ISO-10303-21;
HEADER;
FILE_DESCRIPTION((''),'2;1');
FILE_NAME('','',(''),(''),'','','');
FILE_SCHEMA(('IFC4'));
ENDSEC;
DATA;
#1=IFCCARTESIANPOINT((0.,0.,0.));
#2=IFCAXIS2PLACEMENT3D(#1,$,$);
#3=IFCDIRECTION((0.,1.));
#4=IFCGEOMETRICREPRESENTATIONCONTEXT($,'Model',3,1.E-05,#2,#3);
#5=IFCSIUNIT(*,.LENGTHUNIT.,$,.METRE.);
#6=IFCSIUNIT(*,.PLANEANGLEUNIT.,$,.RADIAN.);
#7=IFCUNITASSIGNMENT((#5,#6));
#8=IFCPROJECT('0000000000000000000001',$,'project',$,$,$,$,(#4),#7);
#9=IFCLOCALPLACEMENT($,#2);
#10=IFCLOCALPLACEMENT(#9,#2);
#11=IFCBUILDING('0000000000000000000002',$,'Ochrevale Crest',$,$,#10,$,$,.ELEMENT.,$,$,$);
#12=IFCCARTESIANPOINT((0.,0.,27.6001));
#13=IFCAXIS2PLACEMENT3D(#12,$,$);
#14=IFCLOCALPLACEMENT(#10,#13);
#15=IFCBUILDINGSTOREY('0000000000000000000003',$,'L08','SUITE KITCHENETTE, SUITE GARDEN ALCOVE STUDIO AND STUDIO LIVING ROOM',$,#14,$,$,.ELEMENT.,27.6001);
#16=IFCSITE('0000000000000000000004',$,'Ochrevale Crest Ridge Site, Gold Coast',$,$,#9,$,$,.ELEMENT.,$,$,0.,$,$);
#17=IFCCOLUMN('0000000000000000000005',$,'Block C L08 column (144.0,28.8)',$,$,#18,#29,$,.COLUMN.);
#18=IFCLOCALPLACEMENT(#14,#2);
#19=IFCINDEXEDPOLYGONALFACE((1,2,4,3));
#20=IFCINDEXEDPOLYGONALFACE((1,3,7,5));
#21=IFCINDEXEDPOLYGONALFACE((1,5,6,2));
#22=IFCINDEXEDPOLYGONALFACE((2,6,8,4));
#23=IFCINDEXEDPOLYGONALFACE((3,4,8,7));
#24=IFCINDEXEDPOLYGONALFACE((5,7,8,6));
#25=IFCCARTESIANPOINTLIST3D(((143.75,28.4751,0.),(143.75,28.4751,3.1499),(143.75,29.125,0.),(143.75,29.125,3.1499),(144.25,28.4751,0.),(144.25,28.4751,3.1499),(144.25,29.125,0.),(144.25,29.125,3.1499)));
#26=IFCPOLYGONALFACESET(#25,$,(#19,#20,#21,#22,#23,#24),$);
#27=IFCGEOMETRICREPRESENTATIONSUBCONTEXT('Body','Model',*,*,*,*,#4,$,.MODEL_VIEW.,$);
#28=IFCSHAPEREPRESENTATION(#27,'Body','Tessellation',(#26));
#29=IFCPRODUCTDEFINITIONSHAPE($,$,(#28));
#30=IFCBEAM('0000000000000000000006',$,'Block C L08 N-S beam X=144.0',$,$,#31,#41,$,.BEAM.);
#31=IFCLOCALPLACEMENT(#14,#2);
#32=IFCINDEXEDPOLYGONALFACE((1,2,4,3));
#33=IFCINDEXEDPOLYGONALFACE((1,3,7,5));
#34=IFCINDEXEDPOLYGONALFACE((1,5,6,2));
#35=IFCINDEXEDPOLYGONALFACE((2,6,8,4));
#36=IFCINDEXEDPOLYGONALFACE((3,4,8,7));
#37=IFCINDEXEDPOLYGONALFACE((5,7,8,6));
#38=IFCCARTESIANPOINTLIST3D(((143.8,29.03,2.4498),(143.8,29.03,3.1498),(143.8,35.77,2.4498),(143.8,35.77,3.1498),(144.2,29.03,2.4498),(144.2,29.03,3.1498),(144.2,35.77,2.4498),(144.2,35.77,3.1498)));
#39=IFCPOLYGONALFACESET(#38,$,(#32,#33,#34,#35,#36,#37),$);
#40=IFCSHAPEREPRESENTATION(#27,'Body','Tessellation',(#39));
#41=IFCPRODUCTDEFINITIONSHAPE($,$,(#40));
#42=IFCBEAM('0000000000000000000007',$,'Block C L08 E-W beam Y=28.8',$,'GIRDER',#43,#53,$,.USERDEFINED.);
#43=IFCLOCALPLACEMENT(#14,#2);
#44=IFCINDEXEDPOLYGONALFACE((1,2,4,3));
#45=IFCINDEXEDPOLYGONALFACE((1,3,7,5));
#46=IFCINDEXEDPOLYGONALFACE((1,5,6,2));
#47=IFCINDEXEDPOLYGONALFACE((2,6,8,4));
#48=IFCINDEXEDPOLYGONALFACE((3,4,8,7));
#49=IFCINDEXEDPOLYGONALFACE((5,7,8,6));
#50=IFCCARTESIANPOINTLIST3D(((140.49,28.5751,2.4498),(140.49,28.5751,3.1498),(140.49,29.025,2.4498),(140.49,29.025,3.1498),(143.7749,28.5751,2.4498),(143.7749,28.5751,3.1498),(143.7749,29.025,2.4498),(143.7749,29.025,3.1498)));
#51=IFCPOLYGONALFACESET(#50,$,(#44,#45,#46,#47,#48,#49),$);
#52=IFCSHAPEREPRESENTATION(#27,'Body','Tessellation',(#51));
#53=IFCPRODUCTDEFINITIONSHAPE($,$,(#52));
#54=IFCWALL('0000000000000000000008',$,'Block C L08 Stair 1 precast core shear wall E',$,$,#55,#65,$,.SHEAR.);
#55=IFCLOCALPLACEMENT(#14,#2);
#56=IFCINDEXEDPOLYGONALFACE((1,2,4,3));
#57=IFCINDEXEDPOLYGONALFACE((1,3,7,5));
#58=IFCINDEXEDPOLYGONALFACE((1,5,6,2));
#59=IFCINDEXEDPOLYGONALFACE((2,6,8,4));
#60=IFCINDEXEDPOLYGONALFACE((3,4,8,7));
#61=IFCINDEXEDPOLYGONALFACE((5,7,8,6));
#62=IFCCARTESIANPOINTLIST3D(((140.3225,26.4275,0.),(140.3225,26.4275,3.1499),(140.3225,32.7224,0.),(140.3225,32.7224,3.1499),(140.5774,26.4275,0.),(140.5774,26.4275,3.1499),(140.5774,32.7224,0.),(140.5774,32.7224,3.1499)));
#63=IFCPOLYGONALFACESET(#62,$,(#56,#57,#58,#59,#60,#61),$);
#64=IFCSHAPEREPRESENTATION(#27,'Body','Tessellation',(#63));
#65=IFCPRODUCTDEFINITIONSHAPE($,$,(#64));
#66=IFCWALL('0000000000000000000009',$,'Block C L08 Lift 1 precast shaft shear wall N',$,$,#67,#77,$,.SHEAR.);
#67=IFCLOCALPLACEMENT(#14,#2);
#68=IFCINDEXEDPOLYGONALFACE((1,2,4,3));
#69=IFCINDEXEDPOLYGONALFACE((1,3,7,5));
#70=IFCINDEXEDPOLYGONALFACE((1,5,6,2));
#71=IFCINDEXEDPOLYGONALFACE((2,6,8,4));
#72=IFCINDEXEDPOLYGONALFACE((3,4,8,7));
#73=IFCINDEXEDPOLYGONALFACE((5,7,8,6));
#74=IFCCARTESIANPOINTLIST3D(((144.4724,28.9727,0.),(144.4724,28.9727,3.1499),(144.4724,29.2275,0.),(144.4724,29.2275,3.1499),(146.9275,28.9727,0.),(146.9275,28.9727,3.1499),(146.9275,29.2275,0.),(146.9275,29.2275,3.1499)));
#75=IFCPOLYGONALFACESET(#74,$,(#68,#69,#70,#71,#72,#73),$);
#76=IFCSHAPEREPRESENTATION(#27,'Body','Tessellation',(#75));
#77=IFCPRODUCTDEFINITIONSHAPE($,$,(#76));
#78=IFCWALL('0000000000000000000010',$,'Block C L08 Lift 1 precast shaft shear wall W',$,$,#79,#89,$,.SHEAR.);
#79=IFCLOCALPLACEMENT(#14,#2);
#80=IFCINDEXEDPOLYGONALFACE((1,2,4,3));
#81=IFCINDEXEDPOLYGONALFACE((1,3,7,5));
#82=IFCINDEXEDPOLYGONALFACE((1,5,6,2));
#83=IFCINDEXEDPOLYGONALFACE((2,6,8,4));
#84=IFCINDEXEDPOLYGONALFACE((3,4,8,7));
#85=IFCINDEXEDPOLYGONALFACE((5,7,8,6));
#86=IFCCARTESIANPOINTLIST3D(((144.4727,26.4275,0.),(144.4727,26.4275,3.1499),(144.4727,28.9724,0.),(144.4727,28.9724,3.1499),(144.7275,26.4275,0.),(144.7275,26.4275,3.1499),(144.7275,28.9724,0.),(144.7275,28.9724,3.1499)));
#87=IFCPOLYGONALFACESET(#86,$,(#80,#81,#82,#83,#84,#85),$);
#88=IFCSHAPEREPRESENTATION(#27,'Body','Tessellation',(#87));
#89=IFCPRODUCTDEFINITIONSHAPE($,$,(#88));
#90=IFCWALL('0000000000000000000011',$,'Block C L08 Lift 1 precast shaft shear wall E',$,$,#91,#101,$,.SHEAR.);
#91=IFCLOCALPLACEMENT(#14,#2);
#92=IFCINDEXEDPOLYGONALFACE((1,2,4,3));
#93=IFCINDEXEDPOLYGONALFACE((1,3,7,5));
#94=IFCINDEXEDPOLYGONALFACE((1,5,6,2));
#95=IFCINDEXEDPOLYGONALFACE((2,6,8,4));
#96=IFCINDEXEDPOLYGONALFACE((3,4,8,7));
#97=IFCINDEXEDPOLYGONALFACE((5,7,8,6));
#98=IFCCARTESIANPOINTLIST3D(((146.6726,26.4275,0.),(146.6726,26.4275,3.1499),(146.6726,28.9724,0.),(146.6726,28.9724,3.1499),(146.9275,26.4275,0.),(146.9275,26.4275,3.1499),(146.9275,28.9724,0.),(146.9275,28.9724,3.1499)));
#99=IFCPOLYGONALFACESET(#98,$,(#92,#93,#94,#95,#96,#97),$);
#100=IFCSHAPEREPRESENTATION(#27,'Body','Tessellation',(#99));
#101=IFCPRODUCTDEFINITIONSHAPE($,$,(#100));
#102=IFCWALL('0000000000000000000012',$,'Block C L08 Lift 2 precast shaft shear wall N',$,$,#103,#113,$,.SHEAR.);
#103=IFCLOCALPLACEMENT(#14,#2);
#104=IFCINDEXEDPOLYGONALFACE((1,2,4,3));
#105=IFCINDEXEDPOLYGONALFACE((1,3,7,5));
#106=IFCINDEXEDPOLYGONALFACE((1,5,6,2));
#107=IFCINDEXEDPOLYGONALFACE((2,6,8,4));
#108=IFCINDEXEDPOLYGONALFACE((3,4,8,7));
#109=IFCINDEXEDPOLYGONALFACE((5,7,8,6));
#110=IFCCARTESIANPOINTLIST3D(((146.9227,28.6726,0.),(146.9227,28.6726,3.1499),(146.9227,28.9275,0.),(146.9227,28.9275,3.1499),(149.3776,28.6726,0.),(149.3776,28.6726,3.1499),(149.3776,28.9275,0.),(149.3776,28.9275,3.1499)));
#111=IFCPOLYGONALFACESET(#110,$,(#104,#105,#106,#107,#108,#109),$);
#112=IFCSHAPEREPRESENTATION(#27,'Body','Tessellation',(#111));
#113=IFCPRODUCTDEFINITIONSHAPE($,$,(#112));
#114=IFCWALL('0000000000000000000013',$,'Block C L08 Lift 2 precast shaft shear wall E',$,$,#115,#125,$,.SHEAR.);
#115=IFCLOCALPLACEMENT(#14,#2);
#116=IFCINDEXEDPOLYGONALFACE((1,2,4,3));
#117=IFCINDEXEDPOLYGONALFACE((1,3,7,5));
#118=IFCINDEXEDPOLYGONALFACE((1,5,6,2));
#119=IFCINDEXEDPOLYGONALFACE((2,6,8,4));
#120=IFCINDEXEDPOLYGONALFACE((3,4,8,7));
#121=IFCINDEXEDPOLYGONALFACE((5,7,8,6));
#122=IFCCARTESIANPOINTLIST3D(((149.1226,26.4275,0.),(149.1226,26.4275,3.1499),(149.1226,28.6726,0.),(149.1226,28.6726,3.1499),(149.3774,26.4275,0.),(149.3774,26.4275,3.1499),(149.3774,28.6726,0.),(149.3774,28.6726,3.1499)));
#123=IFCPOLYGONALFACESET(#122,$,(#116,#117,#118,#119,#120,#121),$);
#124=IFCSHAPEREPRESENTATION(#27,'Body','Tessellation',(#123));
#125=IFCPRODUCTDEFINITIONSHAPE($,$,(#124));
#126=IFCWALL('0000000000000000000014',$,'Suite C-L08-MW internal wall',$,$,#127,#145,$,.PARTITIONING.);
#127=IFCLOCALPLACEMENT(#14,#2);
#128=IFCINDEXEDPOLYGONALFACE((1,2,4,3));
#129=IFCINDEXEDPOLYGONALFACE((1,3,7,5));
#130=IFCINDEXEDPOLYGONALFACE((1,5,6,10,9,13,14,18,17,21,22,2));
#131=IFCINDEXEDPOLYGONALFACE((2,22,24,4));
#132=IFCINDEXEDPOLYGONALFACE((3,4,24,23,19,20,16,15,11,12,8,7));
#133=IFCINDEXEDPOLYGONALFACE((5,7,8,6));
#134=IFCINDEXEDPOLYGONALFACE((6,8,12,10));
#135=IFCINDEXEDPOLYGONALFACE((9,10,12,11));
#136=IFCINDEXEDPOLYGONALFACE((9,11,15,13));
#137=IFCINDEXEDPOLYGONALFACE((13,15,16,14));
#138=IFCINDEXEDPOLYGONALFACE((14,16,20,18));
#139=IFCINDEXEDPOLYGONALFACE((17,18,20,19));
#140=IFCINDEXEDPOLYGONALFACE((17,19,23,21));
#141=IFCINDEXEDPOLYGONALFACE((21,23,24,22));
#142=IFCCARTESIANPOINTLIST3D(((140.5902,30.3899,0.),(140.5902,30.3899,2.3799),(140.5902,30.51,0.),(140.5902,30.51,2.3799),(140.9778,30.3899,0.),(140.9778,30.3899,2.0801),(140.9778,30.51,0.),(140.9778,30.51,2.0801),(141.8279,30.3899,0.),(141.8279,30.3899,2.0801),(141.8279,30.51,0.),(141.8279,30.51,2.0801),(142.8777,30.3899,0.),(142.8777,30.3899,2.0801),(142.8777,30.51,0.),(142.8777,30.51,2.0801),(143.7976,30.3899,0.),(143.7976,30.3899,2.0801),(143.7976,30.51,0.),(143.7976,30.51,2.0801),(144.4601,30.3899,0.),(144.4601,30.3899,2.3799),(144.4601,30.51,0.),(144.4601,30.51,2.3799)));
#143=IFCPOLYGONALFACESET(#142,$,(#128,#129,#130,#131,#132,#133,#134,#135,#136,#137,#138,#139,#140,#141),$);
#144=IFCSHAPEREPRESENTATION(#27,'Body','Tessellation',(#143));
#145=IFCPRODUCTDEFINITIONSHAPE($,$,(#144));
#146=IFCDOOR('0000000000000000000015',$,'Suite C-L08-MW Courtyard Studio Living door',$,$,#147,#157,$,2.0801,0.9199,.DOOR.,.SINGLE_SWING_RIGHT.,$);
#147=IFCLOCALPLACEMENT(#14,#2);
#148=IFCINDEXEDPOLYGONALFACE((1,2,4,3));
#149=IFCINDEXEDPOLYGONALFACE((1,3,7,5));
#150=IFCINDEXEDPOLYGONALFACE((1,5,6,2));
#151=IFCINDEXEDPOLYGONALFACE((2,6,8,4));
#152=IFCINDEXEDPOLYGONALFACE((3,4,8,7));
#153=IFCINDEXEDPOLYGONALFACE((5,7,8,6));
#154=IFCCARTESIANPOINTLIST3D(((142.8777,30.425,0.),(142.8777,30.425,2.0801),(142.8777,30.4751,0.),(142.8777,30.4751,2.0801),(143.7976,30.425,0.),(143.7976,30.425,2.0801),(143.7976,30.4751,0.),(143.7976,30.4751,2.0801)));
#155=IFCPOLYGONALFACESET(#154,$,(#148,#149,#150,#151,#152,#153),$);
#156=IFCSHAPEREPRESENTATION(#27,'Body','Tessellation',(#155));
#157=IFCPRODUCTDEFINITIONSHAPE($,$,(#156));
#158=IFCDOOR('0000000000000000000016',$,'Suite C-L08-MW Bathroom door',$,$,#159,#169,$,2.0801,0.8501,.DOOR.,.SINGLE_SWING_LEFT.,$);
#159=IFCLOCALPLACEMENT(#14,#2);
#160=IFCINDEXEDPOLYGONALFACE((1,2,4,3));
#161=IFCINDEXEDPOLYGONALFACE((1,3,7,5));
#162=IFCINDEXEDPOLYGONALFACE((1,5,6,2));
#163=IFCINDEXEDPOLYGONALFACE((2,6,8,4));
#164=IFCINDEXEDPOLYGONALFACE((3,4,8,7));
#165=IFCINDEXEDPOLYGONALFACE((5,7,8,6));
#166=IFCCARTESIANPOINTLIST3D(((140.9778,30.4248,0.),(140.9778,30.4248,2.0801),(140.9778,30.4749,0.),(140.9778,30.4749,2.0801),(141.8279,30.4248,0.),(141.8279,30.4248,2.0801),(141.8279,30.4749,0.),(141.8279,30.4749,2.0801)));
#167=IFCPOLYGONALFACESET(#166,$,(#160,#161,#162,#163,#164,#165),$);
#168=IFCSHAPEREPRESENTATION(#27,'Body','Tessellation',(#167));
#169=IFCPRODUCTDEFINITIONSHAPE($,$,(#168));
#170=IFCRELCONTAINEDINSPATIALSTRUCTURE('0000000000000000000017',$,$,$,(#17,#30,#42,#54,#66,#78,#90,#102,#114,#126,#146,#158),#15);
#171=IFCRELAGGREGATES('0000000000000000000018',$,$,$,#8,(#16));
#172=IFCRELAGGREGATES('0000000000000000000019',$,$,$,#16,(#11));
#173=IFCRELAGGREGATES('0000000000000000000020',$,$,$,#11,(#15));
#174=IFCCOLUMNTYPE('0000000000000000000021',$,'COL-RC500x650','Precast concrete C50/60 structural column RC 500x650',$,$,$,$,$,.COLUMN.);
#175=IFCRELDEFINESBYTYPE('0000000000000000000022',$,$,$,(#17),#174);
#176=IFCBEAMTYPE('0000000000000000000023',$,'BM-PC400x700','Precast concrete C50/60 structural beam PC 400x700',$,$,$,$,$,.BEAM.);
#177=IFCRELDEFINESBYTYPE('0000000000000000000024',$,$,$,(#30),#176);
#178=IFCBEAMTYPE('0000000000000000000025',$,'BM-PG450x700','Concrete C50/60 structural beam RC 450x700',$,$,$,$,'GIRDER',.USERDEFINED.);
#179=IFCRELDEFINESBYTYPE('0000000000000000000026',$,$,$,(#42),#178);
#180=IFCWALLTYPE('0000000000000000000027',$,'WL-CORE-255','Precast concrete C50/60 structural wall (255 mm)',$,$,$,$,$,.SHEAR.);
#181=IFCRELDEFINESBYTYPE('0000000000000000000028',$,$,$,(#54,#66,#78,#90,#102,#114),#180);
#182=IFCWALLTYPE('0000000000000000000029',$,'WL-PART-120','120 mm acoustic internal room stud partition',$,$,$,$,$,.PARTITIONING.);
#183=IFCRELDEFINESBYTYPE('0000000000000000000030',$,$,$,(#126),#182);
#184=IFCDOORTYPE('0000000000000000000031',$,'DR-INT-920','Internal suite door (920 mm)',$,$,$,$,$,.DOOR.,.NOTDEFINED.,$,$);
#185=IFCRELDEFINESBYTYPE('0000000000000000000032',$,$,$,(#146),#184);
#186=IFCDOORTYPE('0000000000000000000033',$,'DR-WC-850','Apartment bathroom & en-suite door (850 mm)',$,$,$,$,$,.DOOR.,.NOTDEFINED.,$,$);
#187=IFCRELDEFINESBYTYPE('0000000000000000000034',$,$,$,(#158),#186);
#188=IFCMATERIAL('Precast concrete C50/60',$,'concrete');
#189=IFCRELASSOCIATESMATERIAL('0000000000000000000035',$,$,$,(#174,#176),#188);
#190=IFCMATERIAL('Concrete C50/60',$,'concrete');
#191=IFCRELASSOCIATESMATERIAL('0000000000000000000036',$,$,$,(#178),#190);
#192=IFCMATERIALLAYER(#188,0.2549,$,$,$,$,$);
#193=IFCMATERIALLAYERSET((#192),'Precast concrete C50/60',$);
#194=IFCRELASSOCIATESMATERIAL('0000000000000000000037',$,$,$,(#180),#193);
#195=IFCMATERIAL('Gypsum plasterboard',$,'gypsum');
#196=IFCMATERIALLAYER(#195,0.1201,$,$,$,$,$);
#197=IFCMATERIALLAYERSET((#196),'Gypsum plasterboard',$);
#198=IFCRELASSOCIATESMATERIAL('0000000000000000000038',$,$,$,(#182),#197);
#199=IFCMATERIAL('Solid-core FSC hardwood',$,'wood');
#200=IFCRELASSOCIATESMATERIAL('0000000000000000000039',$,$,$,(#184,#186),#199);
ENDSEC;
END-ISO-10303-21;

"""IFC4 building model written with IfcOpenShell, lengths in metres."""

from ifc_helpers import new_model, si_unit, direction, frame, frame_2d, origin, origin_2d, place, context, subcontext, project, spatial, rectangle, extrude, material, layer, layer_set, material_profile, profile_set, type_object, element, fill, save


model = new_model("IFC4")

# Units and contexts
model_context = context("Model", 3, precision=1e-05, world=origin(), true_north=direction((0.0, 1.0)))
body_context = subcontext(model_context, "Body", "Model", "MODEL_VIEW")
ifc_project = project(units=[si_unit("LENGTHUNIT", "METRE"), si_unit("PLANEANGLEUNIT", "RADIAN")], contexts=[model_context])

# Site, building, storey
site_placement = place(None, origin())
site = spatial("IfcSite", under=ifc_project, at=site_placement, Name="Ochrevale Crest Ridge Site, Gold Coast", CompositionType="ELEMENT", RefElevation=0.0)
building_placement = place(site_placement, origin())
building = spatial("IfcBuilding", under=site, at=building_placement, Name="Ochrevale Crest", CompositionType="ELEMENT")
storey_placement = place(building_placement, frame((0.0, 0.0, 27.6001)))
storey = spatial("IfcBuildingStorey", under=building, at=storey_placement, Name="L08", Description="SUITE KITCHENETTE, SUITE GARDEN ALCOVE STUDIO AND STUDIO LIVING ROOM", CompositionType="ELEMENT", Elevation=27.6001)

# Column
ifc_material_1 = material(Name="Precast concrete C50/60", Category="concrete")
ifc_material_profile_1 = material_profile(ifc_material_1, rectangle(XDim=0.5, YDim=0.6499, at=origin_2d()), Name="RC 500x650")
ifc_profile_set_1 = profile_set([ifc_material_profile_1], Name="Precast concrete C50/60")
column_type = type_object("IfcColumnType", Name="COL-RC500x650", Description="Precast concrete C50/60 structural column RC 500x650", PredefinedType="COLUMN", material=ifc_profile_set_1)
column_placement = place(storey_placement, frame((144.0, 28.8, 0.0), z_axis=(0.0, 0.0, 1.0), x_axis=(1.0, 0.0, 0.0)))
element("IfcColumn", 1, at=column_placement, inside=storey, type_object=column_type, Name="Block C L08 column (144.0,28.8)", PredefinedType="COLUMN", context=body_context, shape_type="SweptSolid", body=[
    extrude(rectangle(XDim=0.5, YDim=0.6499, at=origin_2d()), origin(), (0.0, 0.0, 1.0), 3.1499),
])

# Beams
ifc_material_profile_2 = material_profile(ifc_material_1, rectangle(XDim=0.3999, YDim=0.7, at=origin_2d()), Name="PC 400x700")
ifc_profile_set_2 = profile_set([ifc_material_profile_2], Name="Precast concrete C50/60")
beam_type_1 = type_object("IfcBeamType", Name="BM-PC400x700", Description="Precast concrete C50/60 structural beam PC 400x700", PredefinedType="BEAM", material=ifc_profile_set_2)
beam_1_placement = place(storey_placement, frame((144.0, 29.03, 2.7998), z_axis=(0.0, 1.0, 0.0), x_axis=(-1.0, 0.0, 0.0)))
element("IfcBeam", 2, at=beam_1_placement, inside=storey, type_object=beam_type_1, Name="Block C L08 N-S beam X=144.0", PredefinedType="BEAM", context=body_context, shape_type="SweptSolid", body=[
    extrude(rectangle(XDim=0.3999, YDim=0.7, at=origin_2d()), origin(), (0.0, 0.0, 1.0), 6.74),
])
ifc_material_2 = material(Name="Concrete C50/60", Category="concrete")
ifc_material_profile_3 = material_profile(ifc_material_2, rectangle(XDim=0.45, YDim=0.7, at=origin_2d()), Name="RC 450x700")
ifc_profile_set_3 = profile_set([ifc_material_profile_3], Name="Concrete C50/60")
beam_type_2 = type_object("IfcBeamType", Name="BM-PG450x700", Description="Concrete C50/60 structural beam RC 450x700", ElementType="GIRDER", PredefinedType="USERDEFINED", material=ifc_profile_set_3)
beam_2_placement = place(storey_placement, frame((140.49, 28.8, 2.7998), z_axis=(1.0, 0.0, 0.0), x_axis=(0.0, 1.0, 0.0)))
element("IfcBeam", 3, at=beam_2_placement, inside=storey, type_object=beam_type_2, Name="Block C L08 E-W beam Y=28.8", ObjectType="GIRDER", PredefinedType="USERDEFINED", context=body_context, shape_type="SweptSolid", body=[
    extrude(rectangle(XDim=0.45, YDim=0.7, at=origin_2d()), origin(), (0.0, 0.0, 1.0), 3.2849),
])

# Wall
ifc_layer_1 = layer(ifc_material_1, 0.2549)
ifc_layer_set_1 = layer_set([ifc_layer_1], Name="Precast concrete C50/60")
wall_type_1 = type_object("IfcWallType", Name="WL-CORE-255", Description="Precast concrete C50/60 structural wall (255 mm)", PredefinedType="SHEAR", material=ifc_layer_set_1)
wall_1_placement = place(storey_placement, frame((140.45, 26.4275, 0.0), z_axis=(0.0, 0.0, 1.0), x_axis=(0.0, 1.0, 0.0)))
element("IfcWall", 4, at=wall_1_placement, inside=storey, type_object=wall_type_1, Name="Block C L08 Stair 1 precast core shear wall E", PredefinedType="SHEAR", context=body_context, shape_type="SweptSolid", body=[
    extrude(rectangle(XDim=6.2949, YDim=0.2549, at=frame_2d((3.1475, 0.0))), origin(), (0.0, 0.0, 1.0), 3.1499),
])

# Shared definitions
ifc_material_3 = material(Name="Solid-core FSC hardwood", Category="wood")

# Walls
wall_2_placement = place(storey_placement, frame((144.4724, 29.1001, 0.0), z_axis=(0.0, 0.0, 1.0), x_axis=(1.0, 0.0, 0.0)))
element("IfcWall", 5, at=wall_2_placement, inside=storey, type_object=wall_type_1, Name="Block C L08 Lift 1 precast shaft shear wall N", PredefinedType="SHEAR", context=body_context, shape_type="SweptSolid", body=[
    extrude(rectangle(XDim=2.4551, YDim=0.2549, at=frame_2d((1.2275, 0.0))), origin(), (0.0, 0.0, 1.0), 3.1499),
])
for number, where, z_axis, x_axis, name in (
    (6, (144.6001, 26.4275, 0.0), (0.0, 0.0, 1.0), (0.0, 1.0, 0.0), "Block C L08 Lift 1 precast shaft shear wall W"),
    (7, (146.8, 26.4275, 0.0), (0.0, 0.0, 1.0), (0.0, 1.0, 0.0), "Block C L08 Lift 1 precast shaft shear wall E"),
):
    element("IfcWall", number, at=place(storey_placement, frame(where, z_axis=z_axis, x_axis=x_axis)), inside=storey, type_object=wall_type_1, Name=name, PredefinedType="SHEAR", context=body_context, shape_type="SweptSolid", body=[
        extrude(rectangle(XDim=2.5449, YDim=0.2549, at=frame_2d((1.2725, 0.0))), origin(), (0.0, 0.0, 1.0), 3.1499),
    ])

# Walls
wall_3_placement = place(storey_placement, frame((146.9226, 28.8, 0.0), z_axis=(0.0, 0.0, 1.0), x_axis=(1.0, 0.0, 0.0)))
element("IfcWall", 8, at=wall_3_placement, inside=storey, type_object=wall_type_1, Name="Block C L08 Lift 2 precast shaft shear wall N", PredefinedType="SHEAR", context=body_context, shape_type="SweptSolid", body=[
    extrude(rectangle(XDim=2.4548, YDim=0.2549, at=frame_2d((1.2275, 0.0))), origin(), (0.0, 0.0, 1.0), 3.1499),
])
wall_4_placement = place(storey_placement, frame((149.25, 26.4275, 0.0), z_axis=(0.0, 0.0, 1.0), x_axis=(0.0, 1.0, 0.0)))
element("IfcWall", 9, at=wall_4_placement, inside=storey, type_object=wall_type_1, Name="Block C L08 Lift 2 precast shaft shear wall E", PredefinedType="SHEAR", context=body_context, shape_type="SweptSolid", body=[
    extrude(rectangle(XDim=2.2451, YDim=0.2549, at=frame_2d((1.1226, 0.0))), origin(), (0.0, 0.0, 1.0), 3.1499),
])

# Wall, openings, doors
ifc_material_4 = material(Name="Gypsum plasterboard", Category="gypsum")
ifc_layer_2 = layer(ifc_material_4, 0.1201)
ifc_layer_set_2 = layer_set([ifc_layer_2], Name="Gypsum plasterboard")
wall_type_2 = type_object("IfcWallType", Name="WL-PART-120", Description="120 mm acoustic internal room stud partition", PredefinedType="PARTITIONING", material=ifc_layer_set_2)
wall_5_placement = place(storey_placement, frame((140.5901, 30.45, 0.0), z_axis=(0.0, 0.0, 1.0), x_axis=(1.0, 0.0, 0.0)))
wall_5 = element("IfcWall", 10, at=wall_5_placement, inside=storey, type_object=wall_type_2, Name="Suite C-L08-MW internal wall", PredefinedType="PARTITIONING", context=body_context, shape_type="SweptSolid", body=[
    extrude(rectangle(XDim=3.8699, YDim=0.1201, at=frame_2d((1.9351, 0.0))), origin(), (0.0, 0.0, 1.0), 2.3799),
])
opening_1_placement = place(wall_5_placement, frame((0.3877, 0.0, 0.0)))
opening_1 = element("IfcOpeningElement", 11, at=opening_1_placement, cuts=wall_5, PredefinedType="OPENING", context=body_context, shape_type="SweptSolid", body=[
    extrude(rectangle(XDim=0.8501, YDim=2.0801, at=frame_2d((0.425, 1.04))), frame((0.0, 0.0701, 0.0), z_axis=(0.0, -1.0, 0.0), x_axis=(1.0, 0.0, 0.0)), (0.0, 0.0, 1.0), 0.1401),
])
opening_2_placement = place(wall_5_placement, frame((3.2075, 0.0, 0.0), z_axis=(0.0, 0.0, 1.0), x_axis=(-1.0, 0.0, 0.0)))
opening_2 = element("IfcOpeningElement", 12, at=opening_2_placement, cuts=wall_5, PredefinedType="OPENING", context=body_context, shape_type="SweptSolid", body=[
    extrude(rectangle(XDim=0.9199, YDim=2.0801, at=frame_2d((0.46, 1.04))), frame((0.0, 0.0701, 0.0), z_axis=(0.0, -1.0, 0.0), x_axis=(1.0, 0.0, 0.0)), (0.0, 0.0, 1.0), 0.1401),
])
door_type_1 = type_object("IfcDoorType", Name="DR-INT-920", Description="Internal suite door (920 mm)", OperationType="NOTDEFINED", PredefinedType="DOOR", material=ifc_material_3)
door_1_placement = place(opening_2_placement, origin())
door_1 = element("IfcDoor", 13, at=door_1_placement, inside=storey, type_object=door_type_1, Name="Suite C-L08-MW Courtyard Studio Living door", OperationType="SINGLE_SWING_RIGHT", OverallHeight=2.0801, OverallWidth=0.9199, PredefinedType="DOOR", context=body_context, shape_type="SweptSolid", body=[
    extrude(rectangle(XDim=0.9199, YDim=2.0801, at=frame_2d((0.46, 1.04))), frame((0.0, 0.0249, 0.0), z_axis=(0.0, -1.0, 0.0), x_axis=(1.0, 0.0, 0.0)), (0.0, 0.0, 1.0), 0.05),
])
fill(opening_2, door_1)
door_type_2 = type_object("IfcDoorType", Name="DR-WC-850", Description="Apartment bathroom & en-suite door (850 mm)", OperationType="NOTDEFINED", PredefinedType="DOOR", material=ifc_material_3)
door_2_placement = place(opening_1_placement, origin())
door_2 = element("IfcDoor", 14, at=door_2_placement, inside=storey, type_object=door_type_2, Name="Suite C-L08-MW Bathroom door", OperationType="SINGLE_SWING_LEFT", OverallHeight=2.0801, OverallWidth=0.8501, PredefinedType="DOOR", context=body_context, shape_type="SweptSolid", body=[
    extrude(rectangle(XDim=0.8501, YDim=2.0801, at=frame_2d((0.425, 1.04))), frame((0.0, 0.0249, 0.0), z_axis=(0.0, -1.0, 0.0), x_axis=(1.0, 0.0, 0.0)), (0.0, 0.0, 1.0), 0.05),
])
fill(opening_1, door_2)

save(model, "model.ifc")
